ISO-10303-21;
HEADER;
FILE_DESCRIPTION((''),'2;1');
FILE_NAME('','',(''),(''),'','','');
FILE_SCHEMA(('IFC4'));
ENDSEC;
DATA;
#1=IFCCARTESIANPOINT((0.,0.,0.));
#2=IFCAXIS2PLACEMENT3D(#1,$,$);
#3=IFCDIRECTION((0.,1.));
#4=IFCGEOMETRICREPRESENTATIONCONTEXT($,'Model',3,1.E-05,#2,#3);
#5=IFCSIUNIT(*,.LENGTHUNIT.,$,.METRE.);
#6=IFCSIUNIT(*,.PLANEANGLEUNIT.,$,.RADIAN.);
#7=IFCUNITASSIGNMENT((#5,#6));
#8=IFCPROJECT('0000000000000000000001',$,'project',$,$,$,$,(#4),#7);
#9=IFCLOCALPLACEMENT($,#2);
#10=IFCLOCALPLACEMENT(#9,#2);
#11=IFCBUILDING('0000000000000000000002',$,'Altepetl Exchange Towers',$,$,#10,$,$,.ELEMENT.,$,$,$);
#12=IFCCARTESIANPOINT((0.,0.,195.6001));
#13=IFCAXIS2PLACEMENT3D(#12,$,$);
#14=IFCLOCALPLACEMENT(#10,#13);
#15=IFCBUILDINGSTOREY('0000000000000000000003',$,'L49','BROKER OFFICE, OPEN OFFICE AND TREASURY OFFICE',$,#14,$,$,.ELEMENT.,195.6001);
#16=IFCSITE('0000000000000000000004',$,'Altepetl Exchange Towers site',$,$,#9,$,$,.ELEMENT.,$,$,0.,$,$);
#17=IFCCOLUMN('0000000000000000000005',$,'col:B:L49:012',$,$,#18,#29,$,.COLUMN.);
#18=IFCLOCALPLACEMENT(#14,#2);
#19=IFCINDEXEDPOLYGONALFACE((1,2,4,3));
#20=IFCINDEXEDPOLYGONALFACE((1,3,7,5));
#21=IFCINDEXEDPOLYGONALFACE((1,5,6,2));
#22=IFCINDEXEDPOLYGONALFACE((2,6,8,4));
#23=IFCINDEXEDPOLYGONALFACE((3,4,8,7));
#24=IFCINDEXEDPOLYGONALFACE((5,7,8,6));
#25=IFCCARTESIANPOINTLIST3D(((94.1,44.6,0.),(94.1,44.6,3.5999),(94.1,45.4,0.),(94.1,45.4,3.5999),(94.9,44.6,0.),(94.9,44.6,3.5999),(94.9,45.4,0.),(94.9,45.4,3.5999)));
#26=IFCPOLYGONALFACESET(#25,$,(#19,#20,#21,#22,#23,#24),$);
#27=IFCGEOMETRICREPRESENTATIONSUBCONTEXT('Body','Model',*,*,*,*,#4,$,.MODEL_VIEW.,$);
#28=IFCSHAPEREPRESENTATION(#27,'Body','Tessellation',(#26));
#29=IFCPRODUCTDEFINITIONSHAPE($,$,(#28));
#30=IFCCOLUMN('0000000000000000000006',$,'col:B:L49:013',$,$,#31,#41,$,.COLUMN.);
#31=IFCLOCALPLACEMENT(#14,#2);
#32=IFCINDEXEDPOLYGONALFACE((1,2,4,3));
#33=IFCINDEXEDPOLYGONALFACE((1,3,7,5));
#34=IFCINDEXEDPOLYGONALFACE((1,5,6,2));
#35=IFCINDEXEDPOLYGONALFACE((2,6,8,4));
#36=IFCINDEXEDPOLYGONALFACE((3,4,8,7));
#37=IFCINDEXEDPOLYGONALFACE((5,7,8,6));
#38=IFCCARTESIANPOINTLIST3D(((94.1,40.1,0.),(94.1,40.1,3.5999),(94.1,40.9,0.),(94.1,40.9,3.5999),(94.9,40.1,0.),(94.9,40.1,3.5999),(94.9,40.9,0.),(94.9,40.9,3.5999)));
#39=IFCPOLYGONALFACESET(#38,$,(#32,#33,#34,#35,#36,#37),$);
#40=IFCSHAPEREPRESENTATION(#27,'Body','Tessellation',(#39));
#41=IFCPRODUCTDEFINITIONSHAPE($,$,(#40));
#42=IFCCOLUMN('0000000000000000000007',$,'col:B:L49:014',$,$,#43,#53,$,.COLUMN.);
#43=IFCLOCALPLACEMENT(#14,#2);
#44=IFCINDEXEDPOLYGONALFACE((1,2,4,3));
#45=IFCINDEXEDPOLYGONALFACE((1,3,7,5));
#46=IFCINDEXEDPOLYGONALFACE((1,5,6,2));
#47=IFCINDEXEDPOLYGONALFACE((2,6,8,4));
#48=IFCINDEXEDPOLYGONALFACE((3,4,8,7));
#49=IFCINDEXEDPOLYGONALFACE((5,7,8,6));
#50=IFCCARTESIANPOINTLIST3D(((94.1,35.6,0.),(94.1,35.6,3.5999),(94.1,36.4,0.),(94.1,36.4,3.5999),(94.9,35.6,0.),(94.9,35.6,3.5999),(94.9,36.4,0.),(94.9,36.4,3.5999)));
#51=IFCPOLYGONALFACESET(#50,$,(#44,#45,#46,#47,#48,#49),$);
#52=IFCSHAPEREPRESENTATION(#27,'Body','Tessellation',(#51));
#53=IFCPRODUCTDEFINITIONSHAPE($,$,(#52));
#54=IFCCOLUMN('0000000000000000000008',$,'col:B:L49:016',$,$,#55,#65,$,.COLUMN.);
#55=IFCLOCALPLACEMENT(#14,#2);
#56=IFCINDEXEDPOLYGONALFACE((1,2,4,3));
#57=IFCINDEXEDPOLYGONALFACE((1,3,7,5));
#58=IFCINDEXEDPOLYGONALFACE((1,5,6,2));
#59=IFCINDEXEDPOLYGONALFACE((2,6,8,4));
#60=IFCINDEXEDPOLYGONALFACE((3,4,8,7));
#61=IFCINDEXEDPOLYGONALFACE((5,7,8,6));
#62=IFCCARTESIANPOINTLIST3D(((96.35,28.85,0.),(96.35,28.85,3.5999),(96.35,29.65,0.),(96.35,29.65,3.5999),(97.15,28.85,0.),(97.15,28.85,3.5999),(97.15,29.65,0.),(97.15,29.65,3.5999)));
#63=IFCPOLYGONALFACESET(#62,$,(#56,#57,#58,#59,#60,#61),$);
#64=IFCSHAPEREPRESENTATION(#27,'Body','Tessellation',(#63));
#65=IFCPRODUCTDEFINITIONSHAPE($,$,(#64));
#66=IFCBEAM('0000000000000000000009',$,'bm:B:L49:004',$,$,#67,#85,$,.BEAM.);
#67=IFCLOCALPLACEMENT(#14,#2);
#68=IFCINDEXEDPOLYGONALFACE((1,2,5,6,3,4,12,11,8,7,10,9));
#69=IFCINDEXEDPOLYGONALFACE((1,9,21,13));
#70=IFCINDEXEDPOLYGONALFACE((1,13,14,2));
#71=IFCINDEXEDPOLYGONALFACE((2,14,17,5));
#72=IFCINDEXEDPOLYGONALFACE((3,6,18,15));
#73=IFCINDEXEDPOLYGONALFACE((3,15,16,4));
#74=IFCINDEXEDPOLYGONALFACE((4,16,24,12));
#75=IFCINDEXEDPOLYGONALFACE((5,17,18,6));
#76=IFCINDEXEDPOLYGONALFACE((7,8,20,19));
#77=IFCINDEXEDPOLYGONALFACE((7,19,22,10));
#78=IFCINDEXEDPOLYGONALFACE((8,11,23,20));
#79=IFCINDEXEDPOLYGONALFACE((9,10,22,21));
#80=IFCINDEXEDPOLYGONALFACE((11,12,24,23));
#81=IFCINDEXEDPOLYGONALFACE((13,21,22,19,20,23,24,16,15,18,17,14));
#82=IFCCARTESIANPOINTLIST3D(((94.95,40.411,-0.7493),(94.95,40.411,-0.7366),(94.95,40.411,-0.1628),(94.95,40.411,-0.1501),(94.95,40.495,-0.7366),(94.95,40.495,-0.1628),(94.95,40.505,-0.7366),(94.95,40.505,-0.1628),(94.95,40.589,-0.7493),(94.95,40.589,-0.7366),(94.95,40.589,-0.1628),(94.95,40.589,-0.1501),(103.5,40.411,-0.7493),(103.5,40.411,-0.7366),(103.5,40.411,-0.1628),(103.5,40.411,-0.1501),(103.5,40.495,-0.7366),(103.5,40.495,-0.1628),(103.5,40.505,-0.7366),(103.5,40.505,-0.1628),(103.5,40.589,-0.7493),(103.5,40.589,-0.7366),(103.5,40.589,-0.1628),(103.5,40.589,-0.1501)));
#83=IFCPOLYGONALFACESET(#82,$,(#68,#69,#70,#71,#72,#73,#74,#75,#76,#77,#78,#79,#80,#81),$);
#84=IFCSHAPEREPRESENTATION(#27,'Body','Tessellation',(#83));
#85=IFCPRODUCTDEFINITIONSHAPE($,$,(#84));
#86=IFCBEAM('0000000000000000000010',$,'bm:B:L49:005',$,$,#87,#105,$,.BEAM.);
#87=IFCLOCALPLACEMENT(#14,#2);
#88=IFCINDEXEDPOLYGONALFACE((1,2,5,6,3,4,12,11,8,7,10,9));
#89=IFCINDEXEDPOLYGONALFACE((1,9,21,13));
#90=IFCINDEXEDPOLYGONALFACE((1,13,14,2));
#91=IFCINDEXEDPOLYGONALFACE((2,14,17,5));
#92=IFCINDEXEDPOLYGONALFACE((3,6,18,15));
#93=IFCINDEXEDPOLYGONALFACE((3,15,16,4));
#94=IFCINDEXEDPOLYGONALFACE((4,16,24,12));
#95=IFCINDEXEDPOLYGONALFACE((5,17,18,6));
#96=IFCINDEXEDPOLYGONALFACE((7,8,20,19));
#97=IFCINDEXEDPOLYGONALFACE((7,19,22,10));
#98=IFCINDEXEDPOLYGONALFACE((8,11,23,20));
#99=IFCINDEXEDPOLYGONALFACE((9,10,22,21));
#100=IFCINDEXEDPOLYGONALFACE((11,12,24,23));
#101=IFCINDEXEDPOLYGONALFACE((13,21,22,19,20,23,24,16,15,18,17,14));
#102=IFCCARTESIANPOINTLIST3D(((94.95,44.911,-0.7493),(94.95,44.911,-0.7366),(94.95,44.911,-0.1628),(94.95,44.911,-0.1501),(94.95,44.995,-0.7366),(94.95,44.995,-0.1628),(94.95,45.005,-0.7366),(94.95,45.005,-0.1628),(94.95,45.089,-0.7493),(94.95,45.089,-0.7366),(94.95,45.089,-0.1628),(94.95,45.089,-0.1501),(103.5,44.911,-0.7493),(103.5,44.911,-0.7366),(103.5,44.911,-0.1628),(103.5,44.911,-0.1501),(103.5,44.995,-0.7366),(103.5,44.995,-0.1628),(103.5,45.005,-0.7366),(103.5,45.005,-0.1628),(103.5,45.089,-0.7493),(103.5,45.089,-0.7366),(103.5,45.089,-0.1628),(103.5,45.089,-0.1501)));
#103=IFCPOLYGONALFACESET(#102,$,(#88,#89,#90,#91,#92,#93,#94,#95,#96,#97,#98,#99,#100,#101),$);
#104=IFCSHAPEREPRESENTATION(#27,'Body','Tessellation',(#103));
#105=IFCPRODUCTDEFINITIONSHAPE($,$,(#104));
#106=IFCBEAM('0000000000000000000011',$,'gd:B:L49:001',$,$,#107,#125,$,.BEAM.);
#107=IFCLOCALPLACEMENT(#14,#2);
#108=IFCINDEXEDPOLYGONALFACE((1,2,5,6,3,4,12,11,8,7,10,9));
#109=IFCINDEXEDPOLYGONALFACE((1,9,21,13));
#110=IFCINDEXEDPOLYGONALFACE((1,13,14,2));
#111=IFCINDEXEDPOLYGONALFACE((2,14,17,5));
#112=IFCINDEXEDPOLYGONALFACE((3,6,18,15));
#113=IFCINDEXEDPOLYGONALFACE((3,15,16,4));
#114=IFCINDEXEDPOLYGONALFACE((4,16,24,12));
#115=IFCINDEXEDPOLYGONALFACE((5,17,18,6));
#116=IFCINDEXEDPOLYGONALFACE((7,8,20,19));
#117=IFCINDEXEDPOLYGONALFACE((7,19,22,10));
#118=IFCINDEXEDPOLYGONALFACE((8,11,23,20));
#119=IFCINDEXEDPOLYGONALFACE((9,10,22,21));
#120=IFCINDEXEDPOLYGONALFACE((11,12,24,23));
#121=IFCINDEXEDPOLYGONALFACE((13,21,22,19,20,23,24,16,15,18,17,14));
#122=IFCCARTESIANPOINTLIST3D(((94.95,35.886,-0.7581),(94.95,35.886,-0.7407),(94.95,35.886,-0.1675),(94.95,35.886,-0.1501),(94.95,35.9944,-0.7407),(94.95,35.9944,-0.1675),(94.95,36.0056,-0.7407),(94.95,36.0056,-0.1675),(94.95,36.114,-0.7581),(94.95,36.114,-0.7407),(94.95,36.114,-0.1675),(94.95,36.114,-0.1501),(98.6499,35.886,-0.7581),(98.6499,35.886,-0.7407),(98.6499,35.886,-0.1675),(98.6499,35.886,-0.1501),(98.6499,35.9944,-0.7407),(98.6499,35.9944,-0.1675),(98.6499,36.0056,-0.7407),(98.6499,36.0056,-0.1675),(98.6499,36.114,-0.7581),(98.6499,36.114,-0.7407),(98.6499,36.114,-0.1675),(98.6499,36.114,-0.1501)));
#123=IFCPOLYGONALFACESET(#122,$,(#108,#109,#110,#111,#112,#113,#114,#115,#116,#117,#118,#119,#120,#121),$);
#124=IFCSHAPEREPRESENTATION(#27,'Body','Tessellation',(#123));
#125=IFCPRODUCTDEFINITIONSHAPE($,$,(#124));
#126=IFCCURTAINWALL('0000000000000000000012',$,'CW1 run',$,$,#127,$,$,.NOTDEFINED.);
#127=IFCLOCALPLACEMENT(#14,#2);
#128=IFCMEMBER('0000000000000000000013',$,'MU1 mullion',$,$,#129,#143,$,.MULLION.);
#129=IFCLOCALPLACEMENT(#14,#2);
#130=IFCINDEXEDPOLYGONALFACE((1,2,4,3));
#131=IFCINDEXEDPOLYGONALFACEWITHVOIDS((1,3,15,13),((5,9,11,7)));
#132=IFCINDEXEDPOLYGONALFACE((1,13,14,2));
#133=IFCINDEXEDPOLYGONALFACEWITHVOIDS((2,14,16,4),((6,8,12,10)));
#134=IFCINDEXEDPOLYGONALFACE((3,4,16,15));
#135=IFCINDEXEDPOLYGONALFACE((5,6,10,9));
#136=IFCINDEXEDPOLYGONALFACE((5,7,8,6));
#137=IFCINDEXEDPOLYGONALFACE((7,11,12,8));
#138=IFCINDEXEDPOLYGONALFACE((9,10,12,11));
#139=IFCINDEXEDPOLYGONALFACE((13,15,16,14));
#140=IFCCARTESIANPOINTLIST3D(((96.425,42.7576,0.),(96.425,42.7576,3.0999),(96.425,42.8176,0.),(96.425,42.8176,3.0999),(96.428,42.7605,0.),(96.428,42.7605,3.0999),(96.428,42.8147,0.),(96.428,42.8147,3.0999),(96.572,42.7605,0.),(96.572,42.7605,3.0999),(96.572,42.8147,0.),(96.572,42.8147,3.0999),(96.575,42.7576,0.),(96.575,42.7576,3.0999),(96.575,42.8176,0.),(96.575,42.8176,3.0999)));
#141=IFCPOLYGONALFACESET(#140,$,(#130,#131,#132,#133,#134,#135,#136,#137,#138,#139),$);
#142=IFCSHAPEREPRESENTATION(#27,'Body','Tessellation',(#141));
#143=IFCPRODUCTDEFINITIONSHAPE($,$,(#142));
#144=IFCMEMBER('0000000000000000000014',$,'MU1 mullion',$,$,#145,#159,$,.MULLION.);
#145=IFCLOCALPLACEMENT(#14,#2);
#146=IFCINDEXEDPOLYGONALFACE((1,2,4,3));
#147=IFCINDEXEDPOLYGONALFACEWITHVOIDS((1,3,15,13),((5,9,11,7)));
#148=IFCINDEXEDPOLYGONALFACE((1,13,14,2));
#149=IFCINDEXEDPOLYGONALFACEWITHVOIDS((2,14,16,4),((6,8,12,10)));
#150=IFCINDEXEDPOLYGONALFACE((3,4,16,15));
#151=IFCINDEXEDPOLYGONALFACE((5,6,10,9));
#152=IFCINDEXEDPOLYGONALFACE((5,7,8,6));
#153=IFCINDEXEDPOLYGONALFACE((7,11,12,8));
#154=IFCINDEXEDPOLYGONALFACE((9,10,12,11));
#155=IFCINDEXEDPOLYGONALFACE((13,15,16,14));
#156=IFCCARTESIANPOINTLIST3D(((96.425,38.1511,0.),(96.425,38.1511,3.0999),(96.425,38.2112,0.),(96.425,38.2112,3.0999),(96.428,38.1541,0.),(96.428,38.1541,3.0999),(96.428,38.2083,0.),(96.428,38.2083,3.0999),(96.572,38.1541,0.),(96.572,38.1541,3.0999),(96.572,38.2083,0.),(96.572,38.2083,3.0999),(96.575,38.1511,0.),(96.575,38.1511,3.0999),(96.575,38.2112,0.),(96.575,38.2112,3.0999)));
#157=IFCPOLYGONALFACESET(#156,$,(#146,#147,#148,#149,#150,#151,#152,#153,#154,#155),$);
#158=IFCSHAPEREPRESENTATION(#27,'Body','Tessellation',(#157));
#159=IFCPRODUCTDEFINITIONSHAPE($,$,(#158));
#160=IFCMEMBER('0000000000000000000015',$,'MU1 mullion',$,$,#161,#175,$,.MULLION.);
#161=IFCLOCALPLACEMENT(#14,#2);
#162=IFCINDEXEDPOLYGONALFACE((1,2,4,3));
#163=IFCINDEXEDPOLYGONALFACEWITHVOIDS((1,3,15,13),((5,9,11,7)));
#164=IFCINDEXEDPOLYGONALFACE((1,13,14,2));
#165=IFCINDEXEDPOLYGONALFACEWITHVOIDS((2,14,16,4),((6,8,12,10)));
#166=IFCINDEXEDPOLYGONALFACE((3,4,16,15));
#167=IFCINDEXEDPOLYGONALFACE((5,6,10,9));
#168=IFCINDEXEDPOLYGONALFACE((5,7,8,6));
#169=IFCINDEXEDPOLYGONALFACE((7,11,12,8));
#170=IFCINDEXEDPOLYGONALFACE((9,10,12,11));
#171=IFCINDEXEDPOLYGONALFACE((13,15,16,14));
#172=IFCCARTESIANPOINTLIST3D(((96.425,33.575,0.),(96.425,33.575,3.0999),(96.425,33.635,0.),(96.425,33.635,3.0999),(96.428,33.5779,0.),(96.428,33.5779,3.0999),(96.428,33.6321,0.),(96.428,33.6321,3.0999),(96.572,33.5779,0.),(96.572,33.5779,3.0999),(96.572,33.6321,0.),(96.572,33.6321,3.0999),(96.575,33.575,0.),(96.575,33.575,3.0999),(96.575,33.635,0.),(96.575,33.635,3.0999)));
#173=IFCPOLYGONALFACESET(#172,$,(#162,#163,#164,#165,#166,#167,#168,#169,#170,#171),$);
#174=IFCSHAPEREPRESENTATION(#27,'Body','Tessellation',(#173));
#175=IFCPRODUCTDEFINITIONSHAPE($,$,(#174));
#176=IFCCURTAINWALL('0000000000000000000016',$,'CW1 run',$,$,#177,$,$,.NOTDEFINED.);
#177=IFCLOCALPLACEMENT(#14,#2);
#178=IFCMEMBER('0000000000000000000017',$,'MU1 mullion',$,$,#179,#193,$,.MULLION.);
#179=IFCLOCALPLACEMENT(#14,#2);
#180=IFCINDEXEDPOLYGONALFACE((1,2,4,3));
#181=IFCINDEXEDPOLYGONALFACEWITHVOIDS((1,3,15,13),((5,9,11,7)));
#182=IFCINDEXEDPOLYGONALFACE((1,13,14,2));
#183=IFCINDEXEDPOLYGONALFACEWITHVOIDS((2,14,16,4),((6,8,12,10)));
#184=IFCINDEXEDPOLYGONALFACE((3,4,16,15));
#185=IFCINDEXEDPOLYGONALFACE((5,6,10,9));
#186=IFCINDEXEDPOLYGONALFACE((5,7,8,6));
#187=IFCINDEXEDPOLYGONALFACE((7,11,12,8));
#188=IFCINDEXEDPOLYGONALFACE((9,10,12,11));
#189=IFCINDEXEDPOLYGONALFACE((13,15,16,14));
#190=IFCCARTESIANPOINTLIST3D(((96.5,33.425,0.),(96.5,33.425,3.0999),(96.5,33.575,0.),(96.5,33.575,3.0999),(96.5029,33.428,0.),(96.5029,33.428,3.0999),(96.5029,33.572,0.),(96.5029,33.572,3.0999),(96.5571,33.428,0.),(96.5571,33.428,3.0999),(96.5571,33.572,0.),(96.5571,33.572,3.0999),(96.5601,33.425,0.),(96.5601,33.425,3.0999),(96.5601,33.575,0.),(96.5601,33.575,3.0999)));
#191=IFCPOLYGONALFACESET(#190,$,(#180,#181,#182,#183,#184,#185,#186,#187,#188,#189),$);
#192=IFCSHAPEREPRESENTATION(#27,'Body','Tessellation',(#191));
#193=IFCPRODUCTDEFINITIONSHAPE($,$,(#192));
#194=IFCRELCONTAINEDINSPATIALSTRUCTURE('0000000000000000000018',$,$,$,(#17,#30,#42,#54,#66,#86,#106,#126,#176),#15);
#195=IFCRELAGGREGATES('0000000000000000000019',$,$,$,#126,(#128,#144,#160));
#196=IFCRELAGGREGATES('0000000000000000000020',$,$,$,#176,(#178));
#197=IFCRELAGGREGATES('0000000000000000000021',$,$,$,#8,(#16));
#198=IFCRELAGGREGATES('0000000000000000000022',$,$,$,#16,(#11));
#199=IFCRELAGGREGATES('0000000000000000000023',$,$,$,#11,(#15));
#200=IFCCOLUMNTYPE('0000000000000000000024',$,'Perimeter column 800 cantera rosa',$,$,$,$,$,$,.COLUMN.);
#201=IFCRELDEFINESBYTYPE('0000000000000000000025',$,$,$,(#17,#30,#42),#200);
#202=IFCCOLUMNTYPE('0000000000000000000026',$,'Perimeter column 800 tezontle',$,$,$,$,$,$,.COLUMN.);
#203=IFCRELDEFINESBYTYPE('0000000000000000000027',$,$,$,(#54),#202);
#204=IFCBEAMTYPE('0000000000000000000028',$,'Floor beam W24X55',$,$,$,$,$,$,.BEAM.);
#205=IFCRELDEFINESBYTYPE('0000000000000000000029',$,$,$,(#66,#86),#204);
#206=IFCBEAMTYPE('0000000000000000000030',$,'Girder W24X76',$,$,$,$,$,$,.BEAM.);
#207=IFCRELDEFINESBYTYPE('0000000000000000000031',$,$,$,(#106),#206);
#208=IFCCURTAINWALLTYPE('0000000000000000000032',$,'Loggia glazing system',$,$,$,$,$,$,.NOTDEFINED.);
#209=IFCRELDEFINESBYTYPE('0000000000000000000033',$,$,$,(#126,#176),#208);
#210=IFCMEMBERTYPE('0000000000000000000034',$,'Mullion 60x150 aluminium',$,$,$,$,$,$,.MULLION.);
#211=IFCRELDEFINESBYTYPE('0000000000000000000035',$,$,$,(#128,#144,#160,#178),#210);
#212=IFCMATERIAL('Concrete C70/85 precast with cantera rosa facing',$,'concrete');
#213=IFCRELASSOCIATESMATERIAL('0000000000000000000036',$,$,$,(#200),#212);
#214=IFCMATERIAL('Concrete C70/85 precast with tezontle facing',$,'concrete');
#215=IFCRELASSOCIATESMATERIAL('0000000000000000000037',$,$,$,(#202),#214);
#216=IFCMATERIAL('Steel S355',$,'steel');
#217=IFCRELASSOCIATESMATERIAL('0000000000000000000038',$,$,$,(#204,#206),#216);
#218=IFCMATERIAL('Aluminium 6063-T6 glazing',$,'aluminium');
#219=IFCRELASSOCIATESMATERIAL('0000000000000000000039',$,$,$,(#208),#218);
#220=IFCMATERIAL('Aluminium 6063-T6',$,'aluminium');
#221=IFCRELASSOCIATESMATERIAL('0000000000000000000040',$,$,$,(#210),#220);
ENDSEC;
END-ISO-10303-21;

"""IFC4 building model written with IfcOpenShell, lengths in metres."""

from ifc_helpers import new_model, si_unit, direction, frame, origin, origin_2d, place, context, subcontext, project, spatial, rectangle, hollow_rectangle, i_section, extrude, material, material_profile, profile_set, type_object, element, aggregate, save


model = new_model("IFC4")

# Units and contexts
model_context = context("Model", 3, precision=1e-05, world=origin(), true_north=direction((0.0, 1.0)))
body_context = subcontext(model_context, "Body", "Model", "MODEL_VIEW")
ifc_project = project(units=[si_unit("LENGTHUNIT", "METRE"), si_unit("PLANEANGLEUNIT", "RADIAN")], contexts=[model_context])

# Site, building, storey
site_placement = place(None, origin())
site = spatial("IfcSite", under=ifc_project, at=site_placement, Name="Altepetl Exchange Towers site", CompositionType="ELEMENT", RefElevation=0.0)
building_placement = place(site_placement, origin())
building = spatial("IfcBuilding", under=site, at=building_placement, Name="Altepetl Exchange Towers", CompositionType="ELEMENT")
storey_placement = place(building_placement, frame((0.0, 0.0, 195.6001)))
storey = spatial("IfcBuildingStorey", under=building, at=storey_placement, Name="L49", Description="BROKER OFFICE, OPEN OFFICE AND TREASURY OFFICE", CompositionType="ELEMENT", Elevation=195.6001)

# Columns
ifc_material_1 = material(Name="Concrete C70/85 precast with cantera rosa facing", Category="concrete")
ifc_material_profile_1 = material_profile(ifc_material_1, rectangle(XDim=0.8, YDim=0.8, at=origin_2d()), Name="800 x 800")
ifc_profile_set_1 = profile_set([ifc_material_profile_1], Name="Concrete C70/85 precast with cantera rosa facing")
column_type_1 = type_object("IfcColumnType", Name="Perimeter column 800 cantera rosa", PredefinedType="COLUMN", material=ifc_profile_set_1)
for number, where, name in (
    (1, (94.5, 45.0, 0.0), "col:B:L49:012"),
    (2, (94.5, 40.5, 0.0), "col:B:L49:013"),
    (3, (94.5, 36.0, 0.0), "col:B:L49:014"),
):
    element("IfcColumn", number, at=place(storey_placement, frame(where)), inside=storey, type_object=column_type_1, Name=name, PredefinedType="COLUMN", context=body_context, shape_type="SweptSolid", body=[
        extrude(rectangle(XDim=0.8, YDim=0.8, at=origin_2d()), origin(), (0.0, 0.0, 1.0), 3.5999),
    ])
ifc_material_2 = material(Name="Concrete C70/85 precast with tezontle facing", Category="concrete")
ifc_material_profile_2 = material_profile(ifc_material_2, rectangle(XDim=0.8, YDim=0.8, at=origin_2d()), Name="800 x 800")
ifc_profile_set_2 = profile_set([ifc_material_profile_2], Name="Concrete C70/85 precast with tezontle facing")
column_type_2 = type_object("IfcColumnType", Name="Perimeter column 800 tezontle", PredefinedType="COLUMN", material=ifc_profile_set_2)
column_placement = place(storey_placement, frame((96.75, 29.25, 0.0)))
element("IfcColumn", 4, at=column_placement, inside=storey, type_object=column_type_2, Name="col:B:L49:016", PredefinedType="COLUMN", context=body_context, shape_type="SweptSolid", body=[
    extrude(rectangle(XDim=0.8, YDim=0.8, at=origin_2d()), origin(), (0.0, 0.0, 1.0), 3.5999),
])

# Beams
ifc_material_3 = material(Name="Steel S355", Category="steel")
ifc_material_profile_3 = material_profile(ifc_material_3, i_section(OverallWidth=0.178, OverallDepth=0.5991, WebThickness=0.01, FlangeThickness=0.0127, at=origin_2d()), Name="W24X55")
ifc_profile_set_3 = profile_set([ifc_material_profile_3], Name="Steel S355")
beam_type_1 = type_object("IfcBeamType", Name="Floor beam W24X55", PredefinedType="BEAM", material=ifc_profile_set_3)
for number, where, z_axis, x_axis, name in (
    (5, (94.95, 40.5, -0.4497), (1.0, 0.0, 0.0), (0.0, 1.0, 0.0), "bm:B:L49:004"),
    (6, (94.95, 45.0, -0.4497), (1.0, 0.0, 0.0), (0.0, 1.0, 0.0), "bm:B:L49:005"),
):
    element("IfcBeam", number, at=place(storey_placement, frame(where, z_axis=z_axis, x_axis=x_axis)), inside=storey, type_object=beam_type_1, Name=name, PredefinedType="BEAM", context=body_context, shape_type="SweptSolid", body=[
        extrude(i_section(OverallWidth=0.178, OverallDepth=0.5991, WebThickness=0.01, FlangeThickness=0.0127, at=origin_2d()), origin(), (0.0, 0.0, 1.0), 8.55),
    ])
ifc_material_profile_4 = material_profile(ifc_material_3, i_section(OverallWidth=0.228, OverallDepth=0.6079, WebThickness=0.0112, FlangeThickness=0.0173, at=origin_2d()), Name="W24X76")
ifc_profile_set_4 = profile_set([ifc_material_profile_4], Name="Steel S355")
beam_type_2 = type_object("IfcBeamType", Name="Girder W24X76", PredefinedType="BEAM", material=ifc_profile_set_4)
beam_1_placement = place(storey_placement, frame((98.6499, 36.0, -0.4541), z_axis=(-1.0, 0.0, 0.0), x_axis=(0.0, -1.0, 0.0)))
element("IfcBeam", 7, at=beam_1_placement, inside=storey, type_object=beam_type_2, Name="gd:B:L49:001", PredefinedType="BEAM", context=body_context, shape_type="SweptSolid", body=[
    extrude(i_section(OverallWidth=0.228, OverallDepth=0.6079, WebThickness=0.0112, FlangeThickness=0.0173, at=origin_2d()), origin(), (0.0, 0.0, 1.0), 3.7),
])

# Curtain walls, members
ifc_material_4 = material(Name="Aluminium 6063-T6 glazing", Category="aluminium")
curtain_wall_type = type_object("IfcCurtainWallType", Name="Loggia glazing system", PredefinedType="NOTDEFINED", material=ifc_material_4)
curtain_wall_1_placement = place(storey_placement, origin())
curtain_wall_1 = element("IfcCurtainWall", 8, at=curtain_wall_1_placement, inside=storey, type_object=curtain_wall_type, Name="CW1 run", PredefinedType="NOTDEFINED")
ifc_material_5 = material(Name="Aluminium 6063-T6", Category="aluminium")
ifc_material_profile_5 = material_profile(ifc_material_5, hollow_rectangle(XDim=0.0601, YDim=0.1499, WallThickness=0.0029, at=origin_2d()), Name="Mullion 60x150 aluminium")
ifc_profile_set_5 = profile_set([ifc_material_profile_5], Name="Aluminium 6063-T6")
member_type = type_object("IfcMemberType", Name="Mullion 60x150 aluminium", PredefinedType="MULLION", material=ifc_profile_set_5)
member_1_placement = place(storey_placement, frame((96.5, 42.7876, 0.0), z_axis=(0.0, 0.0, 1.0), x_axis=(0.0, -1.0, 0.0)))
member_1 = element("IfcMember", 9, at=member_1_placement, type_object=member_type, Name="MU1 mullion", PredefinedType="MULLION", context=body_context, shape_type="SweptSolid", body=[
    extrude(hollow_rectangle(XDim=0.0601, YDim=0.1499, WallThickness=0.0029, at=origin_2d()), origin(), (0.0, 0.0, 1.0), 3.0999),
])
member_2_placement = place(storey_placement, frame((96.5, 38.1812, 0.0), z_axis=(0.0, 0.0, 1.0), x_axis=(0.0, -1.0, 0.0)))
member_2 = element("IfcMember", 10, at=member_2_placement, type_object=member_type, Name="MU1 mullion", PredefinedType="MULLION", context=body_context, shape_type="SweptSolid", body=[
    extrude(hollow_rectangle(XDim=0.0601, YDim=0.1499, WallThickness=0.0029, at=origin_2d()), origin(), (0.0, 0.0, 1.0), 3.0999),
])
member_3_placement = place(storey_placement, frame((96.5, 33.605, 0.0), z_axis=(0.0, 0.0, 1.0), x_axis=(0.0, -1.0, 0.0)))
member_3 = element("IfcMember", 11, at=member_3_placement, type_object=member_type, Name="MU1 mullion", PredefinedType="MULLION", context=body_context, shape_type="SweptSolid", body=[
    extrude(hollow_rectangle(XDim=0.0601, YDim=0.1499, WallThickness=0.0029, at=origin_2d()), origin(), (0.0, 0.0, 1.0), 3.0999),
])
curtain_wall_2_placement = place(storey_placement, origin())
curtain_wall_2 = element("IfcCurtainWall", 12, at=curtain_wall_2_placement, inside=storey, type_object=curtain_wall_type, Name="CW1 run", PredefinedType="NOTDEFINED")
member_4_placement = place(storey_placement, frame((96.53, 33.5, 0.0)))
member_4 = element("IfcMember", 13, at=member_4_placement, type_object=member_type, Name="MU1 mullion", PredefinedType="MULLION", context=body_context, shape_type="SweptSolid", body=[
    extrude(hollow_rectangle(XDim=0.0601, YDim=0.1499, WallThickness=0.0029, at=origin_2d()), origin(), (0.0, 0.0, 1.0), 3.0999),
])

aggregate(curtain_wall_1, [member_1, member_2, member_3])
aggregate(curtain_wall_2, [member_4])

save(model, "model.ifc")
